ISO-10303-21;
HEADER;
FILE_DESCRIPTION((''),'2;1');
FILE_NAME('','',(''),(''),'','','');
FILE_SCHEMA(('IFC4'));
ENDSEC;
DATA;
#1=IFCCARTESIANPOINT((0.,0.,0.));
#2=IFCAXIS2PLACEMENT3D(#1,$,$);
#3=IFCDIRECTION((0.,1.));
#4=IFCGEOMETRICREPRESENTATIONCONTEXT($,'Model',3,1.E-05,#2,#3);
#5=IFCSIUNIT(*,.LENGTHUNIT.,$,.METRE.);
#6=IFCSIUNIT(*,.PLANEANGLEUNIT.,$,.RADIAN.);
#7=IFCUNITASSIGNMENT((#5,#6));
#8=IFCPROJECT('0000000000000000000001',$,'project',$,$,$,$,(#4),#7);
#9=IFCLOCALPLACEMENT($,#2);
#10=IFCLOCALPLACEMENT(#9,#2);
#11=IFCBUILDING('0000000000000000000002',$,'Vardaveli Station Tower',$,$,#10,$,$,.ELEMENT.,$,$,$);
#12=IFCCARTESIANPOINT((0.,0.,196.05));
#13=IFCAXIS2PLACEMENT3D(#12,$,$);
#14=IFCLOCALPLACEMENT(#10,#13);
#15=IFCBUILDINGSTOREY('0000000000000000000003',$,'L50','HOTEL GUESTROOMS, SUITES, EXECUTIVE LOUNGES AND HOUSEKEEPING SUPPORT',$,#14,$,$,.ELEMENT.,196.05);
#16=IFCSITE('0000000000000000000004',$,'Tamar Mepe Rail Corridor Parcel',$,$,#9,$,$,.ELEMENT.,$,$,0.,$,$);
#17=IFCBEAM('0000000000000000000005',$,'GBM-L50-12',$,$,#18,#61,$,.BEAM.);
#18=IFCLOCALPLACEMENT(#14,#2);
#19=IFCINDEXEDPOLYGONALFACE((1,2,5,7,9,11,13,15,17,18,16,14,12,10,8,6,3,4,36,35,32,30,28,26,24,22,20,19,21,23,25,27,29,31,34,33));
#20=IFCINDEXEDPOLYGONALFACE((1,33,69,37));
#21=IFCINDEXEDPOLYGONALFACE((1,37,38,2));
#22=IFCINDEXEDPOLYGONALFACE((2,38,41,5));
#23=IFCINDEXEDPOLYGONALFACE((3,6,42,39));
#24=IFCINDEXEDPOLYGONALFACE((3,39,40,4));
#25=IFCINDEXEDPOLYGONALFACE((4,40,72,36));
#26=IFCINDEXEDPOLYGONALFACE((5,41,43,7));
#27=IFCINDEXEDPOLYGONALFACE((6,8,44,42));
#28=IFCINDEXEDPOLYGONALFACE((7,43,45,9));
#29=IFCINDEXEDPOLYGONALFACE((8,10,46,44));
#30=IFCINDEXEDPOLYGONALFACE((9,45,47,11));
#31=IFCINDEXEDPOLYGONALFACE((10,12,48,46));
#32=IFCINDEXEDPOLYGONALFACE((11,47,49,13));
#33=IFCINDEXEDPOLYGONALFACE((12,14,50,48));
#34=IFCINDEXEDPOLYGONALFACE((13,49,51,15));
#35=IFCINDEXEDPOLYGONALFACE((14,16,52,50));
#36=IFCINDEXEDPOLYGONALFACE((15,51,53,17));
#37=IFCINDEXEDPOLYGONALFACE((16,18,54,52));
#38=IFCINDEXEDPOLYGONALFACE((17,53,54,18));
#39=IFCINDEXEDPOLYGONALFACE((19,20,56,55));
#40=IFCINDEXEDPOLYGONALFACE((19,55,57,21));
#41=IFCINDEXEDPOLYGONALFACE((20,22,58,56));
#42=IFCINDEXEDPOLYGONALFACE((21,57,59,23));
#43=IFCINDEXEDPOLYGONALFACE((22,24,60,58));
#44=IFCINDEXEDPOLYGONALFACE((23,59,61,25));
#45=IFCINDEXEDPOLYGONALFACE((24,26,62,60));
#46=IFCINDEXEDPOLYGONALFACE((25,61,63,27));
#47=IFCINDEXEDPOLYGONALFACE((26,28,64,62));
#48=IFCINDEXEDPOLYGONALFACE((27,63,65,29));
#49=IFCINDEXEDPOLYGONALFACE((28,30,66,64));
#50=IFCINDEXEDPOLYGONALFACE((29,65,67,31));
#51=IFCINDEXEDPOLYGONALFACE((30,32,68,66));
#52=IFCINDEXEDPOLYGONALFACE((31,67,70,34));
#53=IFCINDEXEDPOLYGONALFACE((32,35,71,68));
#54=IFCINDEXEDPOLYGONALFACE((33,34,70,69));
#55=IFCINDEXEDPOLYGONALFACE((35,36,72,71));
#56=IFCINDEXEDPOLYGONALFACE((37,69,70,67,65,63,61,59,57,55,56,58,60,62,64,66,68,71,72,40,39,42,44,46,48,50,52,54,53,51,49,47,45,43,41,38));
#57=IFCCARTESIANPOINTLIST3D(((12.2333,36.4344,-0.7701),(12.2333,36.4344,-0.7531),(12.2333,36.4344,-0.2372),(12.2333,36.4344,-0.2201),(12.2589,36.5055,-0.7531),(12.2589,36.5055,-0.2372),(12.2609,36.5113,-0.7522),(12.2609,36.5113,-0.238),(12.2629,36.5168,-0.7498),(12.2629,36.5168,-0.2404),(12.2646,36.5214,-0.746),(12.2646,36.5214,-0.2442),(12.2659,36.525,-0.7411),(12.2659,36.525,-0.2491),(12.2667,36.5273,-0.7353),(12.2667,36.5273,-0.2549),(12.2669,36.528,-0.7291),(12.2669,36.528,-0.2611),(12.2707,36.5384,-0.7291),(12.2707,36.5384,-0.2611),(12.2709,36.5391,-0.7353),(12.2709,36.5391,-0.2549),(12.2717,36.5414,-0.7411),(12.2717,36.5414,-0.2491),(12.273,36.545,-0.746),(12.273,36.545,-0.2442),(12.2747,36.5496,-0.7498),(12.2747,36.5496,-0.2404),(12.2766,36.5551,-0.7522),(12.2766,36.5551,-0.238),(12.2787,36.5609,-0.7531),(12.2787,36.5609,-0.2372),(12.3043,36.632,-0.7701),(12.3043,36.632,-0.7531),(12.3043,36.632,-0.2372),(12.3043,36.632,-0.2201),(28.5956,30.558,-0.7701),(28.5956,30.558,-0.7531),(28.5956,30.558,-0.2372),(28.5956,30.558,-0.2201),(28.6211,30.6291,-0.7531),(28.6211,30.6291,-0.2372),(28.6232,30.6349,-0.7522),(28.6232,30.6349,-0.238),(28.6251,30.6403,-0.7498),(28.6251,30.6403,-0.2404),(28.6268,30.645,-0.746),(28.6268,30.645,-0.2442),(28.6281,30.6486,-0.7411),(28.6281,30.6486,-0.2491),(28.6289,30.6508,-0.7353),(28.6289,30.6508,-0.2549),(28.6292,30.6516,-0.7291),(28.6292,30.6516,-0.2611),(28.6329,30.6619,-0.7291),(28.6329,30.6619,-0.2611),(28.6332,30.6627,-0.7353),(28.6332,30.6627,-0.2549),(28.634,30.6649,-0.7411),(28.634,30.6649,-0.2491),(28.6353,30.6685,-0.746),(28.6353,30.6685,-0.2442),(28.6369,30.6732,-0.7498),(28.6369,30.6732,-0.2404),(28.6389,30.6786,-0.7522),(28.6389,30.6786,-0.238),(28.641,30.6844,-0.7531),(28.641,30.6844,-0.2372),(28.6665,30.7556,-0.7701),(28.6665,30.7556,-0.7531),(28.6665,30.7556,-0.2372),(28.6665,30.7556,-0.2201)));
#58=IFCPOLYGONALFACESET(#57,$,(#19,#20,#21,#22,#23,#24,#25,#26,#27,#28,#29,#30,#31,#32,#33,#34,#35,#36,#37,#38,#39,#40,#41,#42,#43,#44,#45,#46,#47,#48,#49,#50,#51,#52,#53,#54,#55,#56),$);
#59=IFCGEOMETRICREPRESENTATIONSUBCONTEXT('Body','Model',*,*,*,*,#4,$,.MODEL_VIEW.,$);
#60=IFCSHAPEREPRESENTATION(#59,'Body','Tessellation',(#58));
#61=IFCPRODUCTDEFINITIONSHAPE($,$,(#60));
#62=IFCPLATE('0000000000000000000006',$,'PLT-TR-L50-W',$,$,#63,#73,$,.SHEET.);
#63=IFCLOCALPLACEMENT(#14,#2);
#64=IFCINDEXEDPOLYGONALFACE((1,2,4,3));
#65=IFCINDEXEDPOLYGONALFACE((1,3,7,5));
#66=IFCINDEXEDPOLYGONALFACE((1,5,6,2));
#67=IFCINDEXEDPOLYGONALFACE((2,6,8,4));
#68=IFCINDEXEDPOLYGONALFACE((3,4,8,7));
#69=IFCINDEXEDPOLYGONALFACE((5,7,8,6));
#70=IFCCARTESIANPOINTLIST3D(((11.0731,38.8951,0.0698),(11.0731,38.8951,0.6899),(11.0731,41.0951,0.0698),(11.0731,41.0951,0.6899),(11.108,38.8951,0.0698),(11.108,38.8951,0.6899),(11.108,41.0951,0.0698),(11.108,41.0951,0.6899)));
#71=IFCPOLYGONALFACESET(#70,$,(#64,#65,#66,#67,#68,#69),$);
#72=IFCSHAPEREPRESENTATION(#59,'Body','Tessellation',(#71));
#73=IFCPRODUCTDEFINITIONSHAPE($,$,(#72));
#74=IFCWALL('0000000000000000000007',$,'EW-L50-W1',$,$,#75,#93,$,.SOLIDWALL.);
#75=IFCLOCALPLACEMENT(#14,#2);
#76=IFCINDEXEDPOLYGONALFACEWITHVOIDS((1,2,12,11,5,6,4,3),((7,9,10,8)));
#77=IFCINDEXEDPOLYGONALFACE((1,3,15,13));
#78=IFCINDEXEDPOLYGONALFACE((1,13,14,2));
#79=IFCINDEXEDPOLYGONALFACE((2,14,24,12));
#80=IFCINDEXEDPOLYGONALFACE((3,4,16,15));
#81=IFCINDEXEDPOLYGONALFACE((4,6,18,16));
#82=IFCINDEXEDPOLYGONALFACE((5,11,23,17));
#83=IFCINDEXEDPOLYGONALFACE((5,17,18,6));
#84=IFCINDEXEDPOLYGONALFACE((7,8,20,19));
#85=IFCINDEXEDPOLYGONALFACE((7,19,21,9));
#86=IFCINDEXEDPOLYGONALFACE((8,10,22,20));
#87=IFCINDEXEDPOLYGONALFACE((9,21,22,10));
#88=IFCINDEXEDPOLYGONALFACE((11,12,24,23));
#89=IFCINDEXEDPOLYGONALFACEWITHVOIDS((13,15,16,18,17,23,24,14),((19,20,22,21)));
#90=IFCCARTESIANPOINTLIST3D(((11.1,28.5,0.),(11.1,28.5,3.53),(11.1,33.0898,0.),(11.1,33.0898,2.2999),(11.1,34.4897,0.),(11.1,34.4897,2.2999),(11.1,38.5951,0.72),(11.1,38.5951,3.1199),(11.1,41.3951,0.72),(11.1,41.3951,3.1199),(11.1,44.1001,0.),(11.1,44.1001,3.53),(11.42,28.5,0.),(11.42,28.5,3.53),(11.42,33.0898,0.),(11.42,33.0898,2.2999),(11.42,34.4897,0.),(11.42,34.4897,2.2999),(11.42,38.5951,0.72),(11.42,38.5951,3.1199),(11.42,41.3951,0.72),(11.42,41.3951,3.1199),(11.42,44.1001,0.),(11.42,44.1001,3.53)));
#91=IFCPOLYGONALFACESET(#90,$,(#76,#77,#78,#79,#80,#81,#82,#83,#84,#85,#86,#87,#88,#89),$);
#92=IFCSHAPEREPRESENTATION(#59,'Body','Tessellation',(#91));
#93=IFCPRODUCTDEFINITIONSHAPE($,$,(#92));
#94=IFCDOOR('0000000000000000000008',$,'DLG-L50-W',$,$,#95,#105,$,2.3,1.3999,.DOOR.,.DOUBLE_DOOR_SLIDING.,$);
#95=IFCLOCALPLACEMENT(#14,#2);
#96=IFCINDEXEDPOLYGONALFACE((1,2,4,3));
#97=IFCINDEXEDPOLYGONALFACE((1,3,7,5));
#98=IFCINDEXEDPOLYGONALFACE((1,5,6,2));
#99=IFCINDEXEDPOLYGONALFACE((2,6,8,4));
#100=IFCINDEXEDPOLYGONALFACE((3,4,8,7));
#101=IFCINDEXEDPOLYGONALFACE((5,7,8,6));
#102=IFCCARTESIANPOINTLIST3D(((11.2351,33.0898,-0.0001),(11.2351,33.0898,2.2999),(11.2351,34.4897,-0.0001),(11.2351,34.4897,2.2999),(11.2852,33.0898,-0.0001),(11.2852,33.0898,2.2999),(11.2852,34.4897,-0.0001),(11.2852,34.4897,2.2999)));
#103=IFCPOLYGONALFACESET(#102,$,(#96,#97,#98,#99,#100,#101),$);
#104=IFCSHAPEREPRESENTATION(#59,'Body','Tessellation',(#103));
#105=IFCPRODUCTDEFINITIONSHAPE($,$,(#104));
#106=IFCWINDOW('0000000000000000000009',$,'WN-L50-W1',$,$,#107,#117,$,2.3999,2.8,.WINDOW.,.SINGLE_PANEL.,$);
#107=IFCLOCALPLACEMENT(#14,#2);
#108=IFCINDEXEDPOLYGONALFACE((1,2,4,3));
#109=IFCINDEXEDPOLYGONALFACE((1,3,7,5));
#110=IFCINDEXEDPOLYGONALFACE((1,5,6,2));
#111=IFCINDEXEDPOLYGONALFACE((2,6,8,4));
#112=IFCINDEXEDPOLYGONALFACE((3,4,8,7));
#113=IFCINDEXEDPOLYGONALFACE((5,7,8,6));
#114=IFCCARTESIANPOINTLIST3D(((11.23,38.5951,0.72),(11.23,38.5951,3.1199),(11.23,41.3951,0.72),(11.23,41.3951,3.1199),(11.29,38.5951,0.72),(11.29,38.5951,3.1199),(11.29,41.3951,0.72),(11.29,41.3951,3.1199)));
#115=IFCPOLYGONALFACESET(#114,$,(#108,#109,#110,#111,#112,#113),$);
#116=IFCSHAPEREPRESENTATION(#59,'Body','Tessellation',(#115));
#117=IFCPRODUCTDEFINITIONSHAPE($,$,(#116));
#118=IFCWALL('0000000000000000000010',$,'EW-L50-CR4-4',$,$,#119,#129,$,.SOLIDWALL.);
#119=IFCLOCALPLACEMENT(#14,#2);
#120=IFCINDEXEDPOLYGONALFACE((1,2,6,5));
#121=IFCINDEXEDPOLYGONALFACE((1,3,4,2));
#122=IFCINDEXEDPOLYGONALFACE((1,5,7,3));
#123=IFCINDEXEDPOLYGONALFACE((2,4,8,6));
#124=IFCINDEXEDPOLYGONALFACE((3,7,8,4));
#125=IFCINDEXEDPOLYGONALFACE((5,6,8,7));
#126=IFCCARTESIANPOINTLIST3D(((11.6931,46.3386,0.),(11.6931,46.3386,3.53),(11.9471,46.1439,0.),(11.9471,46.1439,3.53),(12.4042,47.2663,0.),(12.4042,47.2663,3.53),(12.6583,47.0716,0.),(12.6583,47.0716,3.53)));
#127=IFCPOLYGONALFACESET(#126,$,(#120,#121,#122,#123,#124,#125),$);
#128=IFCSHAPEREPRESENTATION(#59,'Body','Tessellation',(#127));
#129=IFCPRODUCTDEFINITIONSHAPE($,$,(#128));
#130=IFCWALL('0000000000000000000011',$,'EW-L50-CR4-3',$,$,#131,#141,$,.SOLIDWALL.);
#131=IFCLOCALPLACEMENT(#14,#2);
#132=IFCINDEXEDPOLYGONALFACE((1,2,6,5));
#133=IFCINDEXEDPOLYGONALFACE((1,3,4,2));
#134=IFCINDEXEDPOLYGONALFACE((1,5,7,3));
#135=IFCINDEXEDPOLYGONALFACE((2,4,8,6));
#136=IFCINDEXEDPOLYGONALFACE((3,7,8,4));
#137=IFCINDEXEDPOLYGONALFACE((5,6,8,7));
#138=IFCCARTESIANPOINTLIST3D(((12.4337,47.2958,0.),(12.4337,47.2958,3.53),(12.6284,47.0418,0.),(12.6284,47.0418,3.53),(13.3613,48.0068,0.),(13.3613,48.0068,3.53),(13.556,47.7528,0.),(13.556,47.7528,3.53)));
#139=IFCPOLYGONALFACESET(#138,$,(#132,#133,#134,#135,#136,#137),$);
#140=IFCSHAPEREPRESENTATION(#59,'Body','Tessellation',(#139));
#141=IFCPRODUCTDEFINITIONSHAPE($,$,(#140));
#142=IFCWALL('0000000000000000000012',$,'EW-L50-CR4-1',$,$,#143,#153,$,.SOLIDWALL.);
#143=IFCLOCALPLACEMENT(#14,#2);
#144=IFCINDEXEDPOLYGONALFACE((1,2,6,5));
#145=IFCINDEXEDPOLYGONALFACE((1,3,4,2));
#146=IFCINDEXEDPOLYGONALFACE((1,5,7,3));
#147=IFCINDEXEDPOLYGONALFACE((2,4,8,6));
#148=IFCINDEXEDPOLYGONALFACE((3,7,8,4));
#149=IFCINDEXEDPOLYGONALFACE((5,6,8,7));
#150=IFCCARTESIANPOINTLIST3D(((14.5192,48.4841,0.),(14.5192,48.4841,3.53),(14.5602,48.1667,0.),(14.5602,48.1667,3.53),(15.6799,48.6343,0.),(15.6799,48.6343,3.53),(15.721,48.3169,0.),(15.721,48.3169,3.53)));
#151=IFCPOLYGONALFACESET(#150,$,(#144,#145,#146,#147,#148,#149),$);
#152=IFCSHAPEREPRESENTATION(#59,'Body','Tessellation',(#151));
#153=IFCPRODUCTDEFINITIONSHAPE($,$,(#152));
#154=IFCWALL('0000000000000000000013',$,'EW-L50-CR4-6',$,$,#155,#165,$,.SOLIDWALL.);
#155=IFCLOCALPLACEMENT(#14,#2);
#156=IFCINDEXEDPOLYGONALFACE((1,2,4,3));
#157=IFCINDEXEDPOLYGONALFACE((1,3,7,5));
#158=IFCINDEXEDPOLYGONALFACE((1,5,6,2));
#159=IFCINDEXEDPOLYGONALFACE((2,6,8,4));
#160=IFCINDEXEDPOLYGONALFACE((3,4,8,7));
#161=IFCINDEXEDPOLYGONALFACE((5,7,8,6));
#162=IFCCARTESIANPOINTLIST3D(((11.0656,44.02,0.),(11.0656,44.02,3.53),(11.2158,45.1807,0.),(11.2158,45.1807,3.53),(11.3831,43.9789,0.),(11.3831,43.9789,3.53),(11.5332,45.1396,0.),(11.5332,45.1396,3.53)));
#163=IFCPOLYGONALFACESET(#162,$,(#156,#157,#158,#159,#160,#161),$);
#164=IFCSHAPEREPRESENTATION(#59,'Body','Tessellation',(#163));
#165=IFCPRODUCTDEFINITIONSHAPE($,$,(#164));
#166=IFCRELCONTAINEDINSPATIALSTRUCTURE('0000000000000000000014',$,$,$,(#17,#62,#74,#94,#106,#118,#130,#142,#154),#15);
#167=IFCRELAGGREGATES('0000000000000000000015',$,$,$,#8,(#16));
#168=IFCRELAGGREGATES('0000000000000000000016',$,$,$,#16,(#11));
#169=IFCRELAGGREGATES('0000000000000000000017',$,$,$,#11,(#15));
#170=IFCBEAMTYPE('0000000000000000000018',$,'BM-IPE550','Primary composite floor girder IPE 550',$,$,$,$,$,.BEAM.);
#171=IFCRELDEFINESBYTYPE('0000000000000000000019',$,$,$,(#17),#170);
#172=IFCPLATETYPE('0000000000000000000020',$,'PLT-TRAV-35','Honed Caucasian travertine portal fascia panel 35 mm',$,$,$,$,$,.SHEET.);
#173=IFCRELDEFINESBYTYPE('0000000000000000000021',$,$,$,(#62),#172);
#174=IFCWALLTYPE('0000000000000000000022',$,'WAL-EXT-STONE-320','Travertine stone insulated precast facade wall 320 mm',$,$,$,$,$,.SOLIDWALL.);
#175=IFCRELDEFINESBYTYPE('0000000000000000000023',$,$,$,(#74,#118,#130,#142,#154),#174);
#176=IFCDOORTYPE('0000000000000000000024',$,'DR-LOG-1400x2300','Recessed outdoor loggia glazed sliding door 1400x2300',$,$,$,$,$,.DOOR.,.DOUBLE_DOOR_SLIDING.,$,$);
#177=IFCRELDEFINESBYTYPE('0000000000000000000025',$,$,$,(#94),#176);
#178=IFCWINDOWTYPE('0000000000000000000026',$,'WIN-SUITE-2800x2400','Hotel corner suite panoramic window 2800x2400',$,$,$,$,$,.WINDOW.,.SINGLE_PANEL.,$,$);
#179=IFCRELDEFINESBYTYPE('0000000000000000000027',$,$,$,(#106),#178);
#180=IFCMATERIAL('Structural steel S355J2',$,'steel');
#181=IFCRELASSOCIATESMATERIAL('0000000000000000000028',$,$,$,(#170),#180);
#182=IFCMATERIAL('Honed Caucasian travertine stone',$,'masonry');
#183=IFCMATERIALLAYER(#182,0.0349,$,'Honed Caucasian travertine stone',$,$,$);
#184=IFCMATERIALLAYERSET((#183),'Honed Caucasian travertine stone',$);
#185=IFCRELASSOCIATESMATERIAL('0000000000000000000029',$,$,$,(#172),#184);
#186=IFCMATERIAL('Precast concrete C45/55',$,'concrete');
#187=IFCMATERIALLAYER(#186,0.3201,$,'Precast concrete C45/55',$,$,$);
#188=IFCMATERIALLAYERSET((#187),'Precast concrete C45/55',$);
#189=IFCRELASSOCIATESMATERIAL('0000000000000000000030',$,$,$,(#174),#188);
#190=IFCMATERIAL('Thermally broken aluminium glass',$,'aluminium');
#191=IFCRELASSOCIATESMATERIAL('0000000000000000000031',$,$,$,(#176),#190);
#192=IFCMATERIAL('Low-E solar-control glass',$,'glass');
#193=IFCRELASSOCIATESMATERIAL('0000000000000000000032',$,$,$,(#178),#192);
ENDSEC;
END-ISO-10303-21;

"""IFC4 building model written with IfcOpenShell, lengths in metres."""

from ifc_helpers import new_model, si_unit, direction, frame, frame_2d, origin, origin_2d, place, context, subcontext, project, spatial, rectangle, i_section, extrude, source, transform, mapped, material, layer, layer_set, material_profile, profile_set, type_object, element, fill, save


model = new_model("IFC4")

# Units and contexts
model_context = context("Model", 3, precision=1e-05, world=origin(), true_north=direction((0.0, 1.0)))
body_context = subcontext(model_context, "Body", "Model", "MODEL_VIEW")
ifc_project = project(units=[si_unit("LENGTHUNIT", "METRE"), si_unit("PLANEANGLEUNIT", "RADIAN")], contexts=[model_context])

# Site, building, storey
site_placement = place(None, origin())
site = spatial("IfcSite", under=ifc_project, at=site_placement, Name="Tamar Mepe Rail Corridor Parcel", CompositionType="ELEMENT", RefElevation=0.0)
building_placement = place(site_placement, origin())
building = spatial("IfcBuilding", under=site, at=building_placement, Name="Vardaveli Station Tower", CompositionType="ELEMENT")
storey_placement = place(building_placement, frame((0.0, 0.0, 196.05)))
storey = spatial("IfcBuildingStorey", under=building, at=storey_placement, Name="L50", Description="HOTEL GUESTROOMS, SUITES, EXECUTIVE LOUNGES AND HOUSEKEEPING SUPPORT", CompositionType="ELEMENT", Elevation=196.05)

# Beam
ifc_material_1 = material(Name="Precast concrete C45/55", Category="concrete")
ifc_material_2 = material(Name="Structural steel S355J2", Category="steel")
ifc_material_profile_1 = material_profile(ifc_material_2, i_section(OverallWidth=0.21, OverallDepth=0.55, WebThickness=0.011, FlangeThickness=0.0171, FilletRadius=0.0239, at=origin_2d()), Name="IPE 550")
ifc_profile_set_1 = profile_set([ifc_material_profile_1], Name="Structural steel S355J2")
beam_type_1 = type_object("IfcBeamType", Name="BM-IPE550", Description="Primary composite floor girder IPE 550", PredefinedType="BEAM", material=ifc_profile_set_1)
shared_shape_1 = source(origin(), body_context, "Body", "SweptSolid", [
    extrude(i_section(OverallWidth=0.21, OverallDepth=0.55, WebThickness=0.011, FlangeThickness=0.0171, FilletRadius=0.0239, at=origin_2d()), origin(), (0.0, 0.0, 1.0), 17.3855),
])
beam_1_placement = place(storey_placement, frame((12.2688, 36.5332, -0.4951), z_axis=(0.941143, -0.338008, 0.0), x_axis=(0.338008, 0.941143, 0.0)))
element("IfcBeam", 1, at=beam_1_placement, inside=storey, type_object=beam_type_1, Name="GBM-L50-12", PredefinedType="BEAM", context=body_context, shape_type="MappedRepresentation", body=[
    mapped(shared_shape_1, transform((0.0, 0.0, 0.0), scale=1.0)),
])

# Plate
ifc_material_3 = material(Name="Honed Caucasian travertine stone", Category="masonry")
ifc_layer_1 = layer(ifc_material_3, 0.0349, Name="Honed Caucasian travertine stone")
ifc_layer_set_1 = layer_set([ifc_layer_1], Name="Honed Caucasian travertine stone")
plate_type = type_object("IfcPlateType", Name="PLT-TRAV-35", Description="Honed Caucasian travertine portal fascia panel 35 mm", PredefinedType="SHEET", material=ifc_layer_set_1)
shared_shape_2 = source(origin(), body_context, "Body", "SweptSolid", [
    extrude(rectangle(XDim=2.2, YDim=0.0349, at=origin_2d()), origin(), (0.0, 0.0, 1.0), 0.6201),
])
plate_placement = place(storey_placement, frame((11.0906, 39.9951, 0.0698), z_axis=(0.0, 0.0, 1.0), x_axis=(0.0, 1.0, 0.0)))
element("IfcPlate", 2, at=plate_placement, inside=storey, type_object=plate_type, Name="PLT-TR-L50-W", PredefinedType="SHEET", context=body_context, shape_type="MappedRepresentation", body=[
    mapped(shared_shape_2, transform((0.0, 0.0, 0.0), scale=1.0)),
])

# Wall, openings, door, window
ifc_layer_2 = layer(ifc_material_1, 0.3201, Name="Precast concrete C45/55")
ifc_layer_set_2 = layer_set([ifc_layer_2], Name="Precast concrete C45/55")
wall_type_1 = type_object("IfcWallType", Name="WAL-EXT-STONE-320", Description="Travertine stone insulated precast facade wall 320 mm", PredefinedType="SOLIDWALL", material=ifc_layer_set_2)
shared_shape_3 = source(origin(), body_context, "Body", "SweptSolid", [
    extrude(rectangle(XDim=15.6001, YDim=0.3201, at=frame_2d((7.8, 0.0))), origin(), (0.0, 0.0, 1.0), 3.53),
])
wall_1_placement = place(storey_placement, frame((11.26, 44.1001, 0.0), z_axis=(0.0, 0.0, 1.0), x_axis=(0.0, -1.0, 0.0)))
wall_1 = element("IfcWall", 3, at=wall_1_placement, inside=storey, type_object=wall_type_1, Name="EW-L50-W1", PredefinedType="SOLIDWALL", context=body_context, shape_type="MappedRepresentation", body=[
    mapped(shared_shape_3, transform((0.0, 0.0, 0.0), scale=1.0)),
])
shared_shape_4 = source(origin(), body_context, "Body", "SweptSolid", [
    extrude(rectangle(XDim=1.3999, YDim=2.3, at=frame_2d((0.7, 1.1499))), frame((0.0, 0.1699, 0.0), z_axis=(0.0, -1.0, 0.0), x_axis=(1.0, 0.0, 0.0)), (0.0, 0.0, 1.0), 0.3401),
])
opening_1_placement = place(wall_1_placement, frame((9.6104, 0.0, 0.0)))
opening_1 = element("IfcOpeningElement", 4, at=opening_1_placement, cuts=wall_1, PredefinedType="OPENING", context=body_context, shape_type="MappedRepresentation", body=[
    mapped(shared_shape_4, transform((0.0, 0.0, 0.0), scale=1.0)),
])
shared_shape_5 = source(origin(), body_context, "Body", "SweptSolid", [
    extrude(rectangle(XDim=2.8, YDim=2.3999, at=frame_2d((1.3999, 1.2))), frame((0.0, 0.1699, 0.0), z_axis=(0.0, -1.0, 0.0), x_axis=(1.0, 0.0, 0.0)), (0.0, 0.0, 1.0), 0.3401),
])
opening_2_placement = place(wall_1_placement, frame((2.7051, 0.0, 0.72)))
opening_2 = element("IfcOpeningElement", 5, at=opening_2_placement, cuts=wall_1, PredefinedType="OPENING", context=body_context, shape_type="MappedRepresentation", body=[
    mapped(shared_shape_5, transform((0.0, 0.0, 0.0), scale=1.0)),
])
ifc_material_4 = material(Name="Thermally broken aluminium glass", Category="aluminium")
door_type_1 = type_object("IfcDoorType", Name="DR-LOG-1400x2300", Description="Recessed outdoor loggia glazed sliding door 1400x2300", OperationType="DOUBLE_DOOR_SLIDING", PredefinedType="DOOR", material=ifc_material_4)
shared_shape_6 = source(origin(), body_context, "Body", "SweptSolid", [
    extrude(rectangle(XDim=1.3999, YDim=2.3, at=frame_2d((0.7, 1.1499))), frame((0.0, 0.0249, 0.0), z_axis=(0.0, -1.0, 0.0), x_axis=(1.0, 0.0, 0.0)), (0.0, 0.0, 1.0), 0.05),
])
door_1_placement = place(opening_1_placement, frame((1.3999, 0.0, 0.0), z_axis=(0.0, 0.0, 1.0), x_axis=(-1.0, 0.0, 0.0)))
door_1 = element("IfcDoor", 6, at=door_1_placement, inside=storey, type_object=door_type_1, Name="DLG-L50-W", OperationType="DOUBLE_DOOR_SLIDING", OverallHeight=2.3, OverallWidth=1.3999, PredefinedType="DOOR", context=body_context, shape_type="MappedRepresentation", body=[
    mapped(shared_shape_6, transform((0.0, 0.0, 0.0), scale=1.0)),
])
fill(opening_1, door_1)
ifc_material_5 = material(Name="Low-E solar-control glass", Category="glass")
window_type = type_object("IfcWindowType", Name="WIN-SUITE-2800x2400", Description="Hotel corner suite panoramic window 2800x2400", PartitioningType="SINGLE_PANEL", PredefinedType="WINDOW", material=ifc_material_5)
shared_shape_7 = source(origin(), body_context, "Body", "SweptSolid", [
    extrude(rectangle(XDim=2.8, YDim=2.3999, at=frame_2d((1.3999, 1.2))), frame((0.0, 0.03, 0.0), z_axis=(0.0, -1.0, 0.0), x_axis=(1.0, 0.0, 0.0)), (0.0, 0.0, 1.0), 0.0601),
])
window_placement = place(opening_2_placement, origin())
window = element("IfcWindow", 7, at=window_placement, inside=storey, type_object=window_type, Name="WN-L50-W1", OverallHeight=2.3999, OverallWidth=2.8, PartitioningType="SINGLE_PANEL", PredefinedType="WINDOW", context=body_context, shape_type="MappedRepresentation", body=[
    mapped(shared_shape_7, transform((0.0, 0.0, 0.0), scale=1.0)),
])
fill(opening_2, window)

# Walls
shared_shape_8 = source(origin(), body_context, "Body", "SweptSolid", [
    extrude(rectangle(XDim=1.1689, YDim=0.3201, at=frame_2d((0.5845, 0.0))), origin(), (0.0, 0.0, 1.0), 3.53),
])
wall_2_placement = place(storey_placement, frame((12.5312, 47.1689, 0.0), z_axis=(0.0, 0.0, 1.0), x_axis=(-0.608388, -0.79364, 0.0)))
element("IfcWall", 8, at=wall_2_placement, inside=storey, type_object=wall_type_1, Name="EW-L50-CR4-4", PredefinedType="SOLIDWALL", context=body_context, shape_type="MappedRepresentation", body=[
    mapped(shared_shape_8, transform((0.0, 0.0, 0.0), scale=1.0)),
])
shared_shape_9 = source(origin(), body_context, "Body", "SweptSolid", [
    extrude(rectangle(XDim=1.1687, YDim=0.3201, at=frame_2d((0.5845, 0.0))), origin(), (0.0, 0.0, 1.0), 3.53),
])
wall_3_placement = place(storey_placement, frame((13.4587, 47.8799, 0.0), z_axis=(0.0, 0.0, 1.0), x_axis=(-0.793664, -0.608357, 0.0)))
element("IfcWall", 9, at=wall_3_placement, inside=storey, type_object=wall_type_1, Name="EW-L50-CR4-3", PredefinedType="SOLIDWALL", context=body_context, shape_type="MappedRepresentation", body=[
    mapped(shared_shape_9, transform((0.0, 0.0, 0.0), scale=1.0)),
])
shared_shape_10 = source(origin(), body_context, "Body", "SweptSolid", [
    extrude(rectangle(XDim=1.1704, YDim=0.3201, at=frame_2d((0.5852, 0.0))), origin(), (0.0, 0.0, 1.0), 3.53),
])
for number, where, z_axis, x_axis, name in (
    (10, (15.7004, 48.4756, 0.0), (0.0, 0.0, 1.0), (-0.991736, -0.128296, 0.0), "EW-L50-CR4-1"),
    (11, (11.3745, 45.1602, 0.0), (0.0, 0.0, 1.0), (-0.128296, -0.991736, 0.0), "EW-L50-CR4-6"),
):
    element("IfcWall", number, at=place(storey_placement, frame(where, z_axis=z_axis, x_axis=x_axis)), inside=storey, type_object=wall_type_1, Name=name, PredefinedType="SOLIDWALL", context=body_context, shape_type="MappedRepresentation", body=[
        mapped(shared_shape_10, transform((0.0, 0.0, 0.0), scale=1.0)),
    ])

save(model, "model.ifc")
